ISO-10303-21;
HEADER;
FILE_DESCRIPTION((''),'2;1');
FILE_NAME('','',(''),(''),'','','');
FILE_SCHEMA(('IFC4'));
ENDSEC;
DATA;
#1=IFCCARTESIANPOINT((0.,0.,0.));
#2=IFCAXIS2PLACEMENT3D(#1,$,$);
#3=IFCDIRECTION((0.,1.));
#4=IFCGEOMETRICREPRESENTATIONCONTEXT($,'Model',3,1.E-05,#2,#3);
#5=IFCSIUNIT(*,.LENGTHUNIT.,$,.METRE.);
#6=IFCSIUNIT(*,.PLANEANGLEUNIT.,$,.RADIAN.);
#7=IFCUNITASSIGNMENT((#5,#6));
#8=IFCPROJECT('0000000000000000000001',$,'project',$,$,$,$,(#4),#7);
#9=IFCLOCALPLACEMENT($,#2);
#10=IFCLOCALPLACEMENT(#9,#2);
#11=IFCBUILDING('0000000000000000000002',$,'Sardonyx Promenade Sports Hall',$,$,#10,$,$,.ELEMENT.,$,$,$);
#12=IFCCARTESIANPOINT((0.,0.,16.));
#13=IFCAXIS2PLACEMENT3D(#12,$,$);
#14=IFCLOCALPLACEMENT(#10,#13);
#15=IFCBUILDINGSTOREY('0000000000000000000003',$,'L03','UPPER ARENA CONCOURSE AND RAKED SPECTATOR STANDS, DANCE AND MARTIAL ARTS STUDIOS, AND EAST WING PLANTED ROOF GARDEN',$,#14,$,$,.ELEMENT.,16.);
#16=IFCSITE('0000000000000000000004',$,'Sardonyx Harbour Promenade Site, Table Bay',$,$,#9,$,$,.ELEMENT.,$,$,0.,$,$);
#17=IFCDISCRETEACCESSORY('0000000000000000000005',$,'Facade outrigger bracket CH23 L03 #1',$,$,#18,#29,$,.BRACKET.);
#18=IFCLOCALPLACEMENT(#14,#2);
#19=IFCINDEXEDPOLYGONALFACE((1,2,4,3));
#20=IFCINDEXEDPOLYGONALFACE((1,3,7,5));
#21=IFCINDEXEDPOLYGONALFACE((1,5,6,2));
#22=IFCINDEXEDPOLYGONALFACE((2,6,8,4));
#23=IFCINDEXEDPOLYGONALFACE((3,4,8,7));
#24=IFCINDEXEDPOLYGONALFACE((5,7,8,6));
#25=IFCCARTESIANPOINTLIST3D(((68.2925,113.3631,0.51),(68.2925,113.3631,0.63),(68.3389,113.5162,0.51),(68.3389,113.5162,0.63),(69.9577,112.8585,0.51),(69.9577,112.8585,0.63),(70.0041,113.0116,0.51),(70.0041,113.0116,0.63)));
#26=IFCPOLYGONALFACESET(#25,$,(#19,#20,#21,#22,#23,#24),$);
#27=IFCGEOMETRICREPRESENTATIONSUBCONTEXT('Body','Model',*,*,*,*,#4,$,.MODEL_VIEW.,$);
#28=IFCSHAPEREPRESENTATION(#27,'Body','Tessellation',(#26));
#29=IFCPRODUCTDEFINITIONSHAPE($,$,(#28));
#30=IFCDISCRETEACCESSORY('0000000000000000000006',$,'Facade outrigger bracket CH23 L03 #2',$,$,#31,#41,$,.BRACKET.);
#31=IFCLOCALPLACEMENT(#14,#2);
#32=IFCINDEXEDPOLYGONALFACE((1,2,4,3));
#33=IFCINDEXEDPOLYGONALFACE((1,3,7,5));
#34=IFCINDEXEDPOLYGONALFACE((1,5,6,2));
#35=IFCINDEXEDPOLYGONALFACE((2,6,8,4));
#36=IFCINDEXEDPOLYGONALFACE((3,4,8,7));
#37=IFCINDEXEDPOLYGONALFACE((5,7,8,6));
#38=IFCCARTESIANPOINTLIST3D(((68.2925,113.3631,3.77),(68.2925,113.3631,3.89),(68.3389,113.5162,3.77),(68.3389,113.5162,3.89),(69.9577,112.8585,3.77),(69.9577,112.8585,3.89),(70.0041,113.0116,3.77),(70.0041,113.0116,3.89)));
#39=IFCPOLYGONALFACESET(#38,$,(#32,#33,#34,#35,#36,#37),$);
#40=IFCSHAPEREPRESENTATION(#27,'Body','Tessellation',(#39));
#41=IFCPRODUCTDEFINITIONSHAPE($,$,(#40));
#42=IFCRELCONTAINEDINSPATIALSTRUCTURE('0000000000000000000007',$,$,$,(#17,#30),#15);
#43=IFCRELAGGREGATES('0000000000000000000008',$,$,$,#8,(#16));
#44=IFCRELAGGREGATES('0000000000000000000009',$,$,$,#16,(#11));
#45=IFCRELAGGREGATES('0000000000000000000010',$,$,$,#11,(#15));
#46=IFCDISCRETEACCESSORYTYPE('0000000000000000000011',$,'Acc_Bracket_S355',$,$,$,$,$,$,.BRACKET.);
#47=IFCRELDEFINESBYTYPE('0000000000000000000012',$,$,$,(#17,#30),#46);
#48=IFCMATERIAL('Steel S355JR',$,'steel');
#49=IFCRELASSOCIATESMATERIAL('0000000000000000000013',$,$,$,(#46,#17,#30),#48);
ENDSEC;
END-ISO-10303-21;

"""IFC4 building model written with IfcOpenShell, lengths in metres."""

from ifc_helpers import new_model, si_unit, direction, frame, origin, place, context, subcontext, project, spatial, rectangle, extrude, material, type_object, element, save


model = new_model("IFC4")

# Units and contexts
model_context = context("Model", 3, precision=1e-05, world=origin(), true_north=direction((0.0, 1.0)))
body_context = subcontext(model_context, "Body", "Model", "MODEL_VIEW")
ifc_project = project(units=[si_unit("LENGTHUNIT", "METRE"), si_unit("PLANEANGLEUNIT", "RADIAN")], contexts=[model_context])

# Site, building, storey
site_placement = place(None, origin())
site = spatial("IfcSite", under=ifc_project, at=site_placement, Name="Sardonyx Harbour Promenade Site, Table Bay", CompositionType="ELEMENT", RefElevation=0.0)
building_placement = place(site_placement, origin())
building = spatial("IfcBuilding", under=site, at=building_placement, Name="Sardonyx Promenade Sports Hall", CompositionType="ELEMENT")
storey_placement = place(building_placement, frame((0.0, 0.0, 16.0)))
storey = spatial("IfcBuildingStorey", under=building, at=storey_placement, Name="L03", Description="UPPER ARENA CONCOURSE AND RAKED SPECTATOR STANDS, DANCE AND MARTIAL ARTS STUDIOS, AND EAST WING PLANTED ROOF GARDEN", CompositionType="ELEMENT", Elevation=16.0)

# Discrete accessories
ifc_material_1 = material(Name="Steel S355JR", Category="steel")
discrete_accessory_type = type_object("IfcDiscreteAccessoryType", Name="Acc_Bracket_S355", PredefinedType="BRACKET", material=ifc_material_1)
for number, where, z_axis, x_axis, name in (
    (1, (69.1483, 113.1873, 0.51), (0.0, 0.0, 1.0), (0.957021, -0.290017, 0.0), "Facade outrigger bracket CH23 L03 #1"),
    (2, (69.1483, 113.1873, 3.77), (0.0, 0.0, 1.0), (0.957021, -0.290017, 0.0), "Facade outrigger bracket CH23 L03 #2"),
):
    element("IfcDiscreteAccessory", number, at=place(storey_placement, frame(where, z_axis=z_axis, x_axis=x_axis)), inside=storey, type_object=discrete_accessory_type, material=ifc_material_1, Name=name, PredefinedType="BRACKET", context=body_context, shape_type="SweptSolid", body=[
        extrude(rectangle(XDim=1.74, YDim=0.16), origin(), (0.0, 0.0, 1.0), 0.12),
    ])

save(model, "model.ifc")
